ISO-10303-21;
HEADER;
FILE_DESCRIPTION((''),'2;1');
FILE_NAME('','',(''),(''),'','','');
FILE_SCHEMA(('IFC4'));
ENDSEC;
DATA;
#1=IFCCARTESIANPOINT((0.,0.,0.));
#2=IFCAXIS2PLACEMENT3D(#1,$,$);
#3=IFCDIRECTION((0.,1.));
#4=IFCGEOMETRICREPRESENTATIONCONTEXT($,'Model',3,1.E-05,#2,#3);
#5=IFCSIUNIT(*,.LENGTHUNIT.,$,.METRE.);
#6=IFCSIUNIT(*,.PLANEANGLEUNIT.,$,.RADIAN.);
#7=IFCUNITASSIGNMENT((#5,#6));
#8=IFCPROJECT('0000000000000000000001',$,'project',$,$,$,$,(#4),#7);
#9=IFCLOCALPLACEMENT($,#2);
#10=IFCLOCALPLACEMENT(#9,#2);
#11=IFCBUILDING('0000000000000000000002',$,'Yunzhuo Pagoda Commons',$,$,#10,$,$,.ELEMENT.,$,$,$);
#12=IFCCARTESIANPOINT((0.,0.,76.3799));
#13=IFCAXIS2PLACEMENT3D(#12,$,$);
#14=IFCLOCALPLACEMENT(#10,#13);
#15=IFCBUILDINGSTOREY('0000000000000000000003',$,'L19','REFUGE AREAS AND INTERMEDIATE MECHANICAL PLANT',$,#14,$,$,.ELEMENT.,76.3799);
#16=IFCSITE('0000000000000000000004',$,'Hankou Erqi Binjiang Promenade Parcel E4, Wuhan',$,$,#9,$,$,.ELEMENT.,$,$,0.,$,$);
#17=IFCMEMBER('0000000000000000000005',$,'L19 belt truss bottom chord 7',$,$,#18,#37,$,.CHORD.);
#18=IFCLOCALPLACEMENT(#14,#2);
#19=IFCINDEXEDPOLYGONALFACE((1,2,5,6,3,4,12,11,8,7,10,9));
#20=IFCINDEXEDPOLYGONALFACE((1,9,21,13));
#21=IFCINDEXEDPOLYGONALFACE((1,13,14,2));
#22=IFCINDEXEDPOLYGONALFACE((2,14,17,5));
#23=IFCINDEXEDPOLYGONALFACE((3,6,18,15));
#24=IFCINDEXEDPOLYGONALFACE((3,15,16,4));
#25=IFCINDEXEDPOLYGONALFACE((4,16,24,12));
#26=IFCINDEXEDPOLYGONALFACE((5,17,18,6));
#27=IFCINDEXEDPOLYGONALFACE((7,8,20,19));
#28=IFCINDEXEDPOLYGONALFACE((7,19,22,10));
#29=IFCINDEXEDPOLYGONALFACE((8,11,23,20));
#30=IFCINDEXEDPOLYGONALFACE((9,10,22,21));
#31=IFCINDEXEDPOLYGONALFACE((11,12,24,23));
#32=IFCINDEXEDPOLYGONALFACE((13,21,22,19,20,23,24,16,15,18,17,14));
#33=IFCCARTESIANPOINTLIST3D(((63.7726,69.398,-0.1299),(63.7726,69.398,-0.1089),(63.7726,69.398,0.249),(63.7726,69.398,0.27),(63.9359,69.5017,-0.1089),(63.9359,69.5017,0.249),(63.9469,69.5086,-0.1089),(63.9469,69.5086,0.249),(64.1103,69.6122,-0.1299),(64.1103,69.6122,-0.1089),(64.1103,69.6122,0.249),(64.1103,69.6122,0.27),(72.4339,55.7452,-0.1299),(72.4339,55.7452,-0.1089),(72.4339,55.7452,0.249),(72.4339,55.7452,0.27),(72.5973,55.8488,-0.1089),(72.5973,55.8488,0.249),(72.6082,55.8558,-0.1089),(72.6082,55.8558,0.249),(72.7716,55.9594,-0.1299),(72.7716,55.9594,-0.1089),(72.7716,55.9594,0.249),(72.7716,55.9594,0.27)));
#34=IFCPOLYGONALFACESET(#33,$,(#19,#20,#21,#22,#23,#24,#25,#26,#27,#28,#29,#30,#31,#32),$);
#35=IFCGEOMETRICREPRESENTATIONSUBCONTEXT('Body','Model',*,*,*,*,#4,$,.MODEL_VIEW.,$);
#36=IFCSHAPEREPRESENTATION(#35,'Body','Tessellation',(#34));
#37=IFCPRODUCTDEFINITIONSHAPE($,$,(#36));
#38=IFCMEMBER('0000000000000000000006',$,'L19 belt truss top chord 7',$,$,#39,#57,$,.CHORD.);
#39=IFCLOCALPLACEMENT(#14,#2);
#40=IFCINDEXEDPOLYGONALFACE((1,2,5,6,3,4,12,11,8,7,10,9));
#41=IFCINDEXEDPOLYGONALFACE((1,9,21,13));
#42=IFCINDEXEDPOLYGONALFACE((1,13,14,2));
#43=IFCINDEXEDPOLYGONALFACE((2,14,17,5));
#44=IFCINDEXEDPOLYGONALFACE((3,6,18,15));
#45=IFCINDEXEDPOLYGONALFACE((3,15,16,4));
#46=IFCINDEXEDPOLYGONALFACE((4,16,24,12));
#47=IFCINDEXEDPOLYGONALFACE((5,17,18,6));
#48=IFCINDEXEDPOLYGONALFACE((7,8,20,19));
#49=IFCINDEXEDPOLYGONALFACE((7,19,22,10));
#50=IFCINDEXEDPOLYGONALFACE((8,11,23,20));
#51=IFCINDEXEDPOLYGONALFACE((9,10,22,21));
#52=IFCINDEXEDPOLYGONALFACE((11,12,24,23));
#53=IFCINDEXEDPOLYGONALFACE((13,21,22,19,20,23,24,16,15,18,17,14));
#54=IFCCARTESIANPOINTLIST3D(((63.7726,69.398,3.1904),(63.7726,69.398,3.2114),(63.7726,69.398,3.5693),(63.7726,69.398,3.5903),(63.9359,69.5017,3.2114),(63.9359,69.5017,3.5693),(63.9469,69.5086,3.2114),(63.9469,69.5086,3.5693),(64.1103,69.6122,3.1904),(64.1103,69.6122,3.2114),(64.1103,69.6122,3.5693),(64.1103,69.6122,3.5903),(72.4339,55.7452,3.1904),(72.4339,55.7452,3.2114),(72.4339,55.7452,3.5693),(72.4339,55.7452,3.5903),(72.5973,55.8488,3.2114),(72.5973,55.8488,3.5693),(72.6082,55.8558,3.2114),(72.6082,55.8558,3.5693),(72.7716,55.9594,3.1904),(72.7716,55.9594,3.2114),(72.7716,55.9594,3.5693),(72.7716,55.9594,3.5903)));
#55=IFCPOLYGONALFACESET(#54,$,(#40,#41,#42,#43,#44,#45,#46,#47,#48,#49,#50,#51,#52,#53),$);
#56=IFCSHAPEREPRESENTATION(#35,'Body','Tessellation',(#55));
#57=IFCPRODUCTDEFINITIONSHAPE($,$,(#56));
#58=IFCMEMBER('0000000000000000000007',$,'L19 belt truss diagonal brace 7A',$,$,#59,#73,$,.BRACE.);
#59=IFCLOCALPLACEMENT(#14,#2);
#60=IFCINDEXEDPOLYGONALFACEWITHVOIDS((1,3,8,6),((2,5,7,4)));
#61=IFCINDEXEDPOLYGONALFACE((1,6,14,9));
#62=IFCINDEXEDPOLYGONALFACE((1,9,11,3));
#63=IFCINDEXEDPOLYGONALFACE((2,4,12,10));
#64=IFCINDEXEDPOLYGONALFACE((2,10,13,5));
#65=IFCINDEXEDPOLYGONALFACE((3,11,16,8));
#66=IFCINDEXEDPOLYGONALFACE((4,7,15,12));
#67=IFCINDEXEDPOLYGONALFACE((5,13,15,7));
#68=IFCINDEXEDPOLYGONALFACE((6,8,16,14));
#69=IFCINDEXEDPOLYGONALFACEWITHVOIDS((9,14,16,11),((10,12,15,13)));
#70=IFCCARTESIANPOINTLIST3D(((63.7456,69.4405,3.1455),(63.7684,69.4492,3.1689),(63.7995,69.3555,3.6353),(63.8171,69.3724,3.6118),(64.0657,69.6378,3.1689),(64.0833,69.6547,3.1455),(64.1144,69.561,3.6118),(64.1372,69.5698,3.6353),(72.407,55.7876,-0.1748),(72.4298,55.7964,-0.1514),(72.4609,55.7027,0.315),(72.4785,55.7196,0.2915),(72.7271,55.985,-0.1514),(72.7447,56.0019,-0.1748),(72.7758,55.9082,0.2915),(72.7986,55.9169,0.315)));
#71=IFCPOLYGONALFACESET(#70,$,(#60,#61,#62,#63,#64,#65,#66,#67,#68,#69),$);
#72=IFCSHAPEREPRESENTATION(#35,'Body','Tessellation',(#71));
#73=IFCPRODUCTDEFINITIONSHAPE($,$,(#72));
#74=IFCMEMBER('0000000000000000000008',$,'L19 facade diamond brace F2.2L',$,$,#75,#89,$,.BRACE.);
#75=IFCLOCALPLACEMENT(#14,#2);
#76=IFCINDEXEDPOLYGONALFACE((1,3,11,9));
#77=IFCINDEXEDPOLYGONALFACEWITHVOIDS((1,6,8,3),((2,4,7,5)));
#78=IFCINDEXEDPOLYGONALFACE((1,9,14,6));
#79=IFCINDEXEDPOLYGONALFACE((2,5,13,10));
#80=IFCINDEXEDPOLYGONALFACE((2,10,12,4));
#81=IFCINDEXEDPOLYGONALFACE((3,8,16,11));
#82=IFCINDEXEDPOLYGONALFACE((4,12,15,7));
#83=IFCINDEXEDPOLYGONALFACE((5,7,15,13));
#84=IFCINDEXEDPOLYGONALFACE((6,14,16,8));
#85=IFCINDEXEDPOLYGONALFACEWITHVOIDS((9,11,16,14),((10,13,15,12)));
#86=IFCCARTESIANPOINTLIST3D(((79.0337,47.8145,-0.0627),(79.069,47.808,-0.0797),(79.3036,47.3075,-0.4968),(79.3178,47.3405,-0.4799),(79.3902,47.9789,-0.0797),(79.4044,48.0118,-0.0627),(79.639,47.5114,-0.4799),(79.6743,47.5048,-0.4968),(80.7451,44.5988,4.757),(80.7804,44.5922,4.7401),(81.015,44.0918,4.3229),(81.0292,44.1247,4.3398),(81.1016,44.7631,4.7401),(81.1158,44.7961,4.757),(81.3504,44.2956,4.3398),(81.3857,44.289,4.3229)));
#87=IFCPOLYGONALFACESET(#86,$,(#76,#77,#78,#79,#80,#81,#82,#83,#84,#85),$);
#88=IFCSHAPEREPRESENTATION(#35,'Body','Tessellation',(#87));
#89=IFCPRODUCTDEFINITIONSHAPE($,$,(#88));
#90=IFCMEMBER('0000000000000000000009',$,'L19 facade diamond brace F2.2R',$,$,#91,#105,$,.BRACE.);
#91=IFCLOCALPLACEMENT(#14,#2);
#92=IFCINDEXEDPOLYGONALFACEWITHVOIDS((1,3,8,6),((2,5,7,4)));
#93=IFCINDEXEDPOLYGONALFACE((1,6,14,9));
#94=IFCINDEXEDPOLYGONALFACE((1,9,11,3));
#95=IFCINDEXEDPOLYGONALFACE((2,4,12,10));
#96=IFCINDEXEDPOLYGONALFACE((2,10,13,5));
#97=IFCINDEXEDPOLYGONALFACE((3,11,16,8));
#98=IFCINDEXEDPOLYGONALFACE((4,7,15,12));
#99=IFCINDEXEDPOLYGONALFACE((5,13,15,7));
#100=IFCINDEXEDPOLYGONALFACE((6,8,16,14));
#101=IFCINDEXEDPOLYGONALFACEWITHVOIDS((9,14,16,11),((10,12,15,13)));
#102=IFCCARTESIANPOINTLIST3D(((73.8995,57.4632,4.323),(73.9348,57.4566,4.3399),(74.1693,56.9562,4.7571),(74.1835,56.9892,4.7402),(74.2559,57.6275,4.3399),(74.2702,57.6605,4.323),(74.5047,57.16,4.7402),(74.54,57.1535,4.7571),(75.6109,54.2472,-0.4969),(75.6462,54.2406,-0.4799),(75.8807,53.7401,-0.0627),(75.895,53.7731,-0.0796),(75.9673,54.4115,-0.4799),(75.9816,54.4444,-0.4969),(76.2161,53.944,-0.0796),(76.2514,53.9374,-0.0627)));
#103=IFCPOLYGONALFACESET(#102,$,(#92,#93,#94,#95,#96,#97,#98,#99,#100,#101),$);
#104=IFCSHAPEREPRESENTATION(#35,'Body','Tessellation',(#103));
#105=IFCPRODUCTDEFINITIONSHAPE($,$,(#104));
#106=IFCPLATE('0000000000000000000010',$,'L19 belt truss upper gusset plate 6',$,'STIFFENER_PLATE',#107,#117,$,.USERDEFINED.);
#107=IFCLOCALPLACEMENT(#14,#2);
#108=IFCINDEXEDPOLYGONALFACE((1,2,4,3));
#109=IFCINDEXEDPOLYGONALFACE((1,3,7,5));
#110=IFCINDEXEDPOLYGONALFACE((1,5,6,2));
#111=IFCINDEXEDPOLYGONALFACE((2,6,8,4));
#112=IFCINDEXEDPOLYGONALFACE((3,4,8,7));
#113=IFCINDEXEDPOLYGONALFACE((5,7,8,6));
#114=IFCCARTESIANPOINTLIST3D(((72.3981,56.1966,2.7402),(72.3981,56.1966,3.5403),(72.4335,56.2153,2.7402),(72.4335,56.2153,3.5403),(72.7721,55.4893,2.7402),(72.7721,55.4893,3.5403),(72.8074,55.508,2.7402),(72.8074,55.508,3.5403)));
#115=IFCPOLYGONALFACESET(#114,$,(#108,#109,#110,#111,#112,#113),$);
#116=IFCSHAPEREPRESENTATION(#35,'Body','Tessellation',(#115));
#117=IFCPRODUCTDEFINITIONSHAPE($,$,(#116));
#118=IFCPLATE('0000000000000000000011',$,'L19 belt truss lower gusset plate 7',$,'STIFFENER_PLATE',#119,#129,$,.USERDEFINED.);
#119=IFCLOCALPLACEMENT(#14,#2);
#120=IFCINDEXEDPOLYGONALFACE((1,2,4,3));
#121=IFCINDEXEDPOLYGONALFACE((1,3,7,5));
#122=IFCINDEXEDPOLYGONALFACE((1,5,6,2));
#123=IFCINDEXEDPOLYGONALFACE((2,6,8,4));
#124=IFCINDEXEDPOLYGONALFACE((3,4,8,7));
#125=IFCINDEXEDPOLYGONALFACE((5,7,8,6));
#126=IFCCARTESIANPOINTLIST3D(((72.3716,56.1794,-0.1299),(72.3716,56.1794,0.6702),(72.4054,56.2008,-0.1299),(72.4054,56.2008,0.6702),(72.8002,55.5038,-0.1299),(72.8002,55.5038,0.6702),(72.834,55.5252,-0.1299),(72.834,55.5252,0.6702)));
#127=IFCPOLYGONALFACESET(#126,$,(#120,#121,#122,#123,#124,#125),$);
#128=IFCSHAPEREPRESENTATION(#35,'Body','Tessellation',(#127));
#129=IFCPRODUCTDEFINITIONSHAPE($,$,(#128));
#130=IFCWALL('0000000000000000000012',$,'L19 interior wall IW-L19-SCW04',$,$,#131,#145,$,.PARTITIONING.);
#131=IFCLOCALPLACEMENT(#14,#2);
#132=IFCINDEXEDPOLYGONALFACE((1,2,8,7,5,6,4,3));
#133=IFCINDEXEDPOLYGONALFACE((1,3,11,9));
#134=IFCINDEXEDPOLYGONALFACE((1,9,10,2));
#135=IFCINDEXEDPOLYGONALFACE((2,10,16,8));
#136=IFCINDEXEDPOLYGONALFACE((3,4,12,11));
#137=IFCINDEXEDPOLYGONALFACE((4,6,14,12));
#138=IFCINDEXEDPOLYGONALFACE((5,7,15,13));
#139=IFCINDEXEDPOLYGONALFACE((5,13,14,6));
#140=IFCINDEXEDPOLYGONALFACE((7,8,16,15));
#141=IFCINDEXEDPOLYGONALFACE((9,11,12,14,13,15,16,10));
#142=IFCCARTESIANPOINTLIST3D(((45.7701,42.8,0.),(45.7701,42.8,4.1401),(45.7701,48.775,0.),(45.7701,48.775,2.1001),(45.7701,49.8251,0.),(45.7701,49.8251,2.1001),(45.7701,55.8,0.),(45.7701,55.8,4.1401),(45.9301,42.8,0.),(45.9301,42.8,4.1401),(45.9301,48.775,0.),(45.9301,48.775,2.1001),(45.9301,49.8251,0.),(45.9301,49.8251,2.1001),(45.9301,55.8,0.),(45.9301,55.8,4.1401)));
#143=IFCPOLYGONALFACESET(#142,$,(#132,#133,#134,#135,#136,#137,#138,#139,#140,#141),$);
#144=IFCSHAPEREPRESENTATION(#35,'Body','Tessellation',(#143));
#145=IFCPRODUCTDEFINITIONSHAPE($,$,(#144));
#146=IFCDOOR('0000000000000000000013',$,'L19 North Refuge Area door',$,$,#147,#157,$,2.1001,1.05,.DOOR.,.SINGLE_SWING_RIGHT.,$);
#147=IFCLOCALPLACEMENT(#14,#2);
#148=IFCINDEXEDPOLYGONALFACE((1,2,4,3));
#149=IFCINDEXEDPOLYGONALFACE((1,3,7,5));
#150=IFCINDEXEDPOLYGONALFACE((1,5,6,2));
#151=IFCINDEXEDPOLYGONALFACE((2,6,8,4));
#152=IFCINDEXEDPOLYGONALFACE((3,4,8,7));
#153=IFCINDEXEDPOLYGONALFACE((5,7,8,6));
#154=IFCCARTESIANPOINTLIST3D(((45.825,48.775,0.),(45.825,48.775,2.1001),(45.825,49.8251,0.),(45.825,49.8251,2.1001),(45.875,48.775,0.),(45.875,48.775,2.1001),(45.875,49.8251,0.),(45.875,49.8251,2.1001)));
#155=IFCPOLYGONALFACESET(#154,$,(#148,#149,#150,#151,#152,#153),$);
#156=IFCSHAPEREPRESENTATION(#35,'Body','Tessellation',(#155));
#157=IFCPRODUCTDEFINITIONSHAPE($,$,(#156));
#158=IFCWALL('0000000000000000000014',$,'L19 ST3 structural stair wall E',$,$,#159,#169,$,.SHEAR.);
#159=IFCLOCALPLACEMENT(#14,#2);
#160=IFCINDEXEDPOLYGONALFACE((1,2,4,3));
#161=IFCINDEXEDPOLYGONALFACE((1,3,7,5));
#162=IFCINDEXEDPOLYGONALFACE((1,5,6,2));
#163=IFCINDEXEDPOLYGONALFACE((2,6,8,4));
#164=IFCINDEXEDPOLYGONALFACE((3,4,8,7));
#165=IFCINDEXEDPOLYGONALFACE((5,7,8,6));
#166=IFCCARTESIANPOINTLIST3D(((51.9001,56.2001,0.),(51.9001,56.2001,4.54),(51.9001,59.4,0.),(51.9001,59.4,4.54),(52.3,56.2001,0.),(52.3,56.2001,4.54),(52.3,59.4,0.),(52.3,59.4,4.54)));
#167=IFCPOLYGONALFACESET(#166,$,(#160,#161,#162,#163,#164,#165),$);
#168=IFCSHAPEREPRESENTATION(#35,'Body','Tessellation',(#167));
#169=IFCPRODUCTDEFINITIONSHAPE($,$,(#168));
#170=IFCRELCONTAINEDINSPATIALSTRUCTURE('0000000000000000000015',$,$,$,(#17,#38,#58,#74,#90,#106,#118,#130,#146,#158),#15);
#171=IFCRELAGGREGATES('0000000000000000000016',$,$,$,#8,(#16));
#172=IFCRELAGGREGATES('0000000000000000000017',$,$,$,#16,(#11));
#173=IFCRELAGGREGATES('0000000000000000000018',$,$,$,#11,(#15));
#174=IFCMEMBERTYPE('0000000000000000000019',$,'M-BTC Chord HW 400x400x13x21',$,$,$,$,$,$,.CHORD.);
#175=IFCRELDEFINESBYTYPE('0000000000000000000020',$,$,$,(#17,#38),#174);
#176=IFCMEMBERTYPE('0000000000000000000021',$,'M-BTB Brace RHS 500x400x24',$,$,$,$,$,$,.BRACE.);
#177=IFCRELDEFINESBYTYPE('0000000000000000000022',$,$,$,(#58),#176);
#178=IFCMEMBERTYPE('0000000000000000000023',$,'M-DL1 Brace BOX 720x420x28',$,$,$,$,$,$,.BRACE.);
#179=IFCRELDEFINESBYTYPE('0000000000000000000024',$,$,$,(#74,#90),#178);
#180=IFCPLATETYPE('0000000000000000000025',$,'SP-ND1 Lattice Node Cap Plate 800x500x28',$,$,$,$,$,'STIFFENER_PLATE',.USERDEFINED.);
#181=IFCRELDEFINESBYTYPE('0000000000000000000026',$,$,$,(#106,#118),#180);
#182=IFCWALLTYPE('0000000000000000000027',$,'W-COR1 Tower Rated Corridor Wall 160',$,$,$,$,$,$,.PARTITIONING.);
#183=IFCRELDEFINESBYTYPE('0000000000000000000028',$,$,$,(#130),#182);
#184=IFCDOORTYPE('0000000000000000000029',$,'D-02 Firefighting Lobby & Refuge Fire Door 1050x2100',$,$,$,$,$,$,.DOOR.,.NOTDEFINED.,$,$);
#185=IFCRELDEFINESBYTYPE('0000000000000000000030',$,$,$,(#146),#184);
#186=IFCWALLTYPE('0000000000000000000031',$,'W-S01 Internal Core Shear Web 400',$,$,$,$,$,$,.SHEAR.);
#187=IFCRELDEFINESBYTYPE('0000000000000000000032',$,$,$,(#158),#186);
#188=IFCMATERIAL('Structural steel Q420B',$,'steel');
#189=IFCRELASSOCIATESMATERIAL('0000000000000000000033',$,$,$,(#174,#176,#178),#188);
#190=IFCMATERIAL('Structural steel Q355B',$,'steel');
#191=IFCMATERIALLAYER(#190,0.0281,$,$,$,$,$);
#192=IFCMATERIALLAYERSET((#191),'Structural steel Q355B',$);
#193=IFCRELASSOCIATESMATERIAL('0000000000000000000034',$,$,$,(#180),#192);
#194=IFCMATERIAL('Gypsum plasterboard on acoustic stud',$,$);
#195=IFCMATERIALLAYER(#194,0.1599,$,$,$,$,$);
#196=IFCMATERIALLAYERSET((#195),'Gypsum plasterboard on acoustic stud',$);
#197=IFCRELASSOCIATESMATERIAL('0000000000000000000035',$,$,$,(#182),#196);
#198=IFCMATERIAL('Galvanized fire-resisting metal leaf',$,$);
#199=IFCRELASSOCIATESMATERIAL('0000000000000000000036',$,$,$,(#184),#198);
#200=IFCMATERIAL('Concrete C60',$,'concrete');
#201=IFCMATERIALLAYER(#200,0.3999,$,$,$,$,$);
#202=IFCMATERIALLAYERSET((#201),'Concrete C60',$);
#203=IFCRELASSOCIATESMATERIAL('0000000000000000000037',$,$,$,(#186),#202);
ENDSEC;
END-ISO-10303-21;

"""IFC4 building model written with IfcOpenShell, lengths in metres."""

from ifc_helpers import new_model, si_unit, direction, frame, frame_2d, origin, origin_with_axes, origin_2d, place, context, subcontext, project, spatial, rectangle, hollow_rectangle, i_section, extrude, source, transform, mapped, material, layer, layer_set, material_profile, profile_set, type_object, element, fill, save


model = new_model("IFC4")

# Units and contexts
model_context = context("Model", 3, precision=1e-05, world=origin(), true_north=direction((0.0, 1.0)))
body_context = subcontext(model_context, "Body", "Model", "MODEL_VIEW")
ifc_project = project(units=[si_unit("LENGTHUNIT", "METRE"), si_unit("PLANEANGLEUNIT", "RADIAN")], contexts=[model_context])

# Site, building, storey
site_placement = place(None, origin())
site = spatial("IfcSite", under=ifc_project, at=site_placement, Name="Hankou Erqi Binjiang Promenade Parcel E4, Wuhan", CompositionType="ELEMENT", RefElevation=0.0)
building_placement = place(site_placement, origin())
building = spatial("IfcBuilding", under=site, at=building_placement, Name="Yunzhuo Pagoda Commons", CompositionType="ELEMENT")
storey_placement = place(building_placement, frame((0.0, 0.0, 76.3799)))
storey = spatial("IfcBuildingStorey", under=building, at=storey_placement, Name="L19", Description="REFUGE AREAS AND INTERMEDIATE MECHANICAL PLANT", CompositionType="ELEMENT", Elevation=76.3799)

# Shared definitions
ifc_material_1 = material(Name="Structural steel Q420B", Category="steel")

# Shared definitions
ifc_material_2 = material(Name="Structural steel Q355B", Category="steel")

# Members
ifc_material_profile_1 = material_profile(ifc_material_1, i_section(OverallWidth=0.3999, OverallDepth=0.3999, WebThickness=0.0129, FlangeThickness=0.021, at=origin_2d()), Name="Structural steel Q420B")
ifc_profile_set_1 = profile_set([ifc_material_profile_1], Name="Structural steel Q420B")
member_type_1 = type_object("IfcMemberType", Name="M-BTC Chord HW 400x400x13x21", PredefinedType="CHORD", material=ifc_profile_set_1)
shared_shape_1 = source(origin(), body_context, "Body", "SweptSolid", [
    extrude(i_section(OverallWidth=0.3999, OverallDepth=0.3999, WebThickness=0.0129, FlangeThickness=0.021, at=origin_2d()), origin(), (0.0, 0.0, 1.0), 16.1685),
])
for number, where, z_axis, x_axis, name in (
    (1, (72.6028, 55.8523, 0.0701), (-0.535696, 0.844411, 0.0), (-0.844411, -0.535696, 0.0), "L19 belt truss bottom chord 7"),
    (2, (72.6028, 55.8523, 3.3904), (-0.535696, 0.844411, 0.0), (-0.844411, -0.535696, 0.0), "L19 belt truss top chord 7"),
):
    element("IfcMember", number, at=place(storey_placement, frame(where, z_axis=z_axis, x_axis=x_axis)), inside=storey, type_object=member_type_1, Name=name, PredefinedType="CHORD", context=body_context, shape_type="MappedRepresentation", body=[
        mapped(shared_shape_1, transform((0.0, 0.0, 0.0), scale=1.0)),
    ])
ifc_material_profile_2 = material_profile(ifc_material_1, hollow_rectangle(XDim=0.3999, YDim=0.5, WallThickness=0.0239, at=origin_2d()), Name="Structural steel Q420B")
ifc_profile_set_2 = profile_set([ifc_material_profile_2], Name="Structural steel Q420B")
member_type_2 = type_object("IfcMemberType", Name="M-BTB Brace RHS 500x400x24", PredefinedType="BRACE", material=ifc_profile_set_2)
shared_shape_2 = source(origin(), body_context, "Body", "SweptSolid", [
    extrude(hollow_rectangle(XDim=0.3999, YDim=0.5, WallThickness=0.0239, at=origin_2d()), origin(), (0.0, 0.0, 1.0), 16.5059),
])
member_1_placement = place(storey_placement, frame((72.6028, 55.8523, 0.0701), z_axis=(-0.524745, 0.82715, 0.201159), x_axis=(-0.844411, -0.535696, 0.0)))
element("IfcMember", 3, at=member_1_placement, inside=storey, type_object=member_type_2, Name="L19 belt truss diagonal brace 7A", PredefinedType="BRACE", context=body_context, shape_type="MappedRepresentation", body=[
    mapped(shared_shape_2, transform((0.0, 0.0, 0.0), scale=1.0)),
])
ifc_material_profile_3 = material_profile(ifc_material_1, hollow_rectangle(XDim=0.4199, YDim=0.72, WallThickness=0.0281, at=origin_2d()), Name="Structural steel Q420B")
ifc_profile_set_3 = profile_set([ifc_material_profile_3], Name="Structural steel Q420B")
member_type_3 = type_object("IfcMemberType", Name="M-DL1 Brace BOX 720x420x28", PredefinedType="BRACE", material=ifc_profile_set_3)
shared_shape_3 = source(origin(), body_context, "Body", "SweptSolid", [
    extrude(hollow_rectangle(XDim=0.4199, YDim=0.72, WallThickness=0.0281, at=origin_2d()), origin(), (0.0, 0.0, 1.0), 6.0415),
])
member_2_placement = place(storey_placement, frame((79.354, 47.6597, -0.2798), z_axis=(0.283273, -0.532278, 0.79777), x_axis=(0.882772, 0.469802, 0.0)))
element("IfcMember", 4, at=member_2_placement, inside=storey, type_object=member_type_3, Name="L19 facade diamond brace F2.2L", PredefinedType="BRACE", context=body_context, shape_type="MappedRepresentation", body=[
    mapped(shared_shape_3, transform((0.0, 0.0, 0.0), scale=1.0)),
])
shared_shape_4 = source(origin(), body_context, "Body", "SweptSolid", [
    extrude(hollow_rectangle(XDim=0.4199, YDim=0.72, WallThickness=0.0281, at=origin_2d()), origin(), (0.0, 0.0, 1.0), 6.0417),
])
member_3_placement = place(storey_placement, frame((75.9312, 54.0923, -0.2798), z_axis=(-0.283267, 0.532307, 0.797753), x_axis=(-0.882787, -0.469774, 0.0)))
element("IfcMember", 5, at=member_3_placement, inside=storey, type_object=member_type_3, Name="L19 facade diamond brace F2.2R", PredefinedType="BRACE", context=body_context, shape_type="MappedRepresentation", body=[
    mapped(shared_shape_4, transform((0.0, 0.0, 0.0), scale=1.0)),
])

# Plates
ifc_layer_1 = layer(ifc_material_2, 0.0281)
ifc_layer_set_1 = layer_set([ifc_layer_1], Name="Structural steel Q355B")
plate_type = type_object("IfcPlateType", Name="SP-ND1 Lattice Node Cap Plate 800x500x28", ElementType="STIFFENER_PLATE", PredefinedType="USERDEFINED", material=ifc_layer_set_1)
shared_shape_5 = source(origin(), body_context, "Body", "SweptSolid", [
    extrude(rectangle(XDim=0.8, YDim=0.04, at=origin_2d()), origin(), (0.0, 0.0, 1.0), 0.8),
])
for number, where, z_axis, x_axis, name in (
    (6, (72.6028, 55.8523, 2.7402), (0.0, 0.0, 1.0), (-0.46739, 0.884051, 0.0), "L19 belt truss upper gusset plate 6"),
    (7, (72.6028, 55.8523, -0.1299), (0.0, 0.0, 1.0), (-0.535694, 0.844412, 0.0), "L19 belt truss lower gusset plate 7"),
):
    element("IfcPlate", number, at=place(storey_placement, frame(where, z_axis=z_axis, x_axis=x_axis)), inside=storey, type_object=plate_type, Name=name, ObjectType="STIFFENER_PLATE", PredefinedType="USERDEFINED", context=body_context, shape_type="MappedRepresentation", body=[
        mapped(shared_shape_5, transform((0.0, 0.0, 0.0), scale=1.0)),
    ])

# Wall, opening, door
ifc_material_3 = material(Name="Gypsum plasterboard on acoustic stud")
ifc_layer_2 = layer(ifc_material_3, 0.1599)
ifc_layer_set_2 = layer_set([ifc_layer_2], Name="Gypsum plasterboard on acoustic stud")
wall_type_1 = type_object("IfcWallType", Name="W-COR1 Tower Rated Corridor Wall 160", PredefinedType="PARTITIONING", material=ifc_layer_set_2)
wall_1_placement = place(storey_placement, frame((45.8501, 55.8, 0.0), z_axis=(0.0, 0.0, 1.0), x_axis=(0.0, -1.0, 0.0)))
wall_1 = element("IfcWall", 8, at=wall_1_placement, inside=storey, type_object=wall_type_1, Name="L19 interior wall IW-L19-SCW04", PredefinedType="PARTITIONING", context=body_context, shape_type="SweptSolid", body=[
    extrude(rectangle(XDim=13.0, YDim=0.1599, at=frame_2d((6.5, 0.0))), origin(), (0.0, 0.0, 1.0), 4.1401),
])
opening_placement = place(wall_1_placement, frame((5.9751, 0.0, 0.0)))
opening = element("IfcOpeningElement", 9, at=opening_placement, cuts=wall_1, PredefinedType="OPENING", context=body_context, shape_type="SweptSolid", body=[
    extrude(rectangle(XDim=1.05, YDim=2.1001, at=frame_2d((0.5249, 1.05))), frame((0.0, 0.0898, 0.0), z_axis=(0.0, -1.0, 0.0), x_axis=(1.0, 0.0, 0.0)), (0.0, 0.0, 1.0), 0.1799),
])
ifc_material_4 = material(Name="Galvanized fire-resisting metal leaf")
door_type = type_object("IfcDoorType", Name="D-02 Firefighting Lobby & Refuge Fire Door 1050x2100", OperationType="NOTDEFINED", PredefinedType="DOOR", material=ifc_material_4)
shared_shape_6 = source(origin(), body_context, "Body", "SweptSolid", [
    extrude(rectangle(XDim=1.05, YDim=2.1001, at=frame_2d((0.5249, 1.05))), frame((0.0, 0.0249, 0.0), z_axis=(0.0, -1.0, 0.0), x_axis=(1.0, 0.0, 0.0)), (0.0, 0.0, 1.0), 0.05),
])
door_placement = place(opening_placement, origin_with_axes())
door = element("IfcDoor", 10, at=door_placement, inside=storey, type_object=door_type, Name="L19 North Refuge Area door", OperationType="SINGLE_SWING_RIGHT", OverallHeight=2.1001, OverallWidth=1.05, PredefinedType="DOOR", context=body_context, shape_type="MappedRepresentation", body=[
    mapped(shared_shape_6, transform((0.0, 0.0, 0.0), scale=1.0)),
])
fill(opening, door)

# Wall
ifc_material_5 = material(Name="Concrete C60", Category="concrete")
ifc_layer_3 = layer(ifc_material_5, 0.3999)
ifc_layer_set_3 = layer_set([ifc_layer_3], Name="Concrete C60")
wall_type_2 = type_object("IfcWallType", Name="W-S01 Internal Core Shear Web 400", PredefinedType="SHEAR", material=ifc_layer_set_3)
wall_2_placement = place(storey_placement, frame((52.1001, 56.2, 0.0), z_axis=(0.0, 0.0, 1.0), x_axis=(0.0, 1.0, 0.0)))
element("IfcWall", 11, at=wall_2_placement, inside=storey, type_object=wall_type_2, Name="L19 ST3 structural stair wall E", PredefinedType="SHEAR", context=body_context, shape_type="SweptSolid", body=[
    extrude(rectangle(XDim=3.2, YDim=0.3999, at=frame_2d((1.6001, 0.0))), origin(), (0.0, 0.0, 1.0), 4.54),
])

save(model, "model.ifc")
